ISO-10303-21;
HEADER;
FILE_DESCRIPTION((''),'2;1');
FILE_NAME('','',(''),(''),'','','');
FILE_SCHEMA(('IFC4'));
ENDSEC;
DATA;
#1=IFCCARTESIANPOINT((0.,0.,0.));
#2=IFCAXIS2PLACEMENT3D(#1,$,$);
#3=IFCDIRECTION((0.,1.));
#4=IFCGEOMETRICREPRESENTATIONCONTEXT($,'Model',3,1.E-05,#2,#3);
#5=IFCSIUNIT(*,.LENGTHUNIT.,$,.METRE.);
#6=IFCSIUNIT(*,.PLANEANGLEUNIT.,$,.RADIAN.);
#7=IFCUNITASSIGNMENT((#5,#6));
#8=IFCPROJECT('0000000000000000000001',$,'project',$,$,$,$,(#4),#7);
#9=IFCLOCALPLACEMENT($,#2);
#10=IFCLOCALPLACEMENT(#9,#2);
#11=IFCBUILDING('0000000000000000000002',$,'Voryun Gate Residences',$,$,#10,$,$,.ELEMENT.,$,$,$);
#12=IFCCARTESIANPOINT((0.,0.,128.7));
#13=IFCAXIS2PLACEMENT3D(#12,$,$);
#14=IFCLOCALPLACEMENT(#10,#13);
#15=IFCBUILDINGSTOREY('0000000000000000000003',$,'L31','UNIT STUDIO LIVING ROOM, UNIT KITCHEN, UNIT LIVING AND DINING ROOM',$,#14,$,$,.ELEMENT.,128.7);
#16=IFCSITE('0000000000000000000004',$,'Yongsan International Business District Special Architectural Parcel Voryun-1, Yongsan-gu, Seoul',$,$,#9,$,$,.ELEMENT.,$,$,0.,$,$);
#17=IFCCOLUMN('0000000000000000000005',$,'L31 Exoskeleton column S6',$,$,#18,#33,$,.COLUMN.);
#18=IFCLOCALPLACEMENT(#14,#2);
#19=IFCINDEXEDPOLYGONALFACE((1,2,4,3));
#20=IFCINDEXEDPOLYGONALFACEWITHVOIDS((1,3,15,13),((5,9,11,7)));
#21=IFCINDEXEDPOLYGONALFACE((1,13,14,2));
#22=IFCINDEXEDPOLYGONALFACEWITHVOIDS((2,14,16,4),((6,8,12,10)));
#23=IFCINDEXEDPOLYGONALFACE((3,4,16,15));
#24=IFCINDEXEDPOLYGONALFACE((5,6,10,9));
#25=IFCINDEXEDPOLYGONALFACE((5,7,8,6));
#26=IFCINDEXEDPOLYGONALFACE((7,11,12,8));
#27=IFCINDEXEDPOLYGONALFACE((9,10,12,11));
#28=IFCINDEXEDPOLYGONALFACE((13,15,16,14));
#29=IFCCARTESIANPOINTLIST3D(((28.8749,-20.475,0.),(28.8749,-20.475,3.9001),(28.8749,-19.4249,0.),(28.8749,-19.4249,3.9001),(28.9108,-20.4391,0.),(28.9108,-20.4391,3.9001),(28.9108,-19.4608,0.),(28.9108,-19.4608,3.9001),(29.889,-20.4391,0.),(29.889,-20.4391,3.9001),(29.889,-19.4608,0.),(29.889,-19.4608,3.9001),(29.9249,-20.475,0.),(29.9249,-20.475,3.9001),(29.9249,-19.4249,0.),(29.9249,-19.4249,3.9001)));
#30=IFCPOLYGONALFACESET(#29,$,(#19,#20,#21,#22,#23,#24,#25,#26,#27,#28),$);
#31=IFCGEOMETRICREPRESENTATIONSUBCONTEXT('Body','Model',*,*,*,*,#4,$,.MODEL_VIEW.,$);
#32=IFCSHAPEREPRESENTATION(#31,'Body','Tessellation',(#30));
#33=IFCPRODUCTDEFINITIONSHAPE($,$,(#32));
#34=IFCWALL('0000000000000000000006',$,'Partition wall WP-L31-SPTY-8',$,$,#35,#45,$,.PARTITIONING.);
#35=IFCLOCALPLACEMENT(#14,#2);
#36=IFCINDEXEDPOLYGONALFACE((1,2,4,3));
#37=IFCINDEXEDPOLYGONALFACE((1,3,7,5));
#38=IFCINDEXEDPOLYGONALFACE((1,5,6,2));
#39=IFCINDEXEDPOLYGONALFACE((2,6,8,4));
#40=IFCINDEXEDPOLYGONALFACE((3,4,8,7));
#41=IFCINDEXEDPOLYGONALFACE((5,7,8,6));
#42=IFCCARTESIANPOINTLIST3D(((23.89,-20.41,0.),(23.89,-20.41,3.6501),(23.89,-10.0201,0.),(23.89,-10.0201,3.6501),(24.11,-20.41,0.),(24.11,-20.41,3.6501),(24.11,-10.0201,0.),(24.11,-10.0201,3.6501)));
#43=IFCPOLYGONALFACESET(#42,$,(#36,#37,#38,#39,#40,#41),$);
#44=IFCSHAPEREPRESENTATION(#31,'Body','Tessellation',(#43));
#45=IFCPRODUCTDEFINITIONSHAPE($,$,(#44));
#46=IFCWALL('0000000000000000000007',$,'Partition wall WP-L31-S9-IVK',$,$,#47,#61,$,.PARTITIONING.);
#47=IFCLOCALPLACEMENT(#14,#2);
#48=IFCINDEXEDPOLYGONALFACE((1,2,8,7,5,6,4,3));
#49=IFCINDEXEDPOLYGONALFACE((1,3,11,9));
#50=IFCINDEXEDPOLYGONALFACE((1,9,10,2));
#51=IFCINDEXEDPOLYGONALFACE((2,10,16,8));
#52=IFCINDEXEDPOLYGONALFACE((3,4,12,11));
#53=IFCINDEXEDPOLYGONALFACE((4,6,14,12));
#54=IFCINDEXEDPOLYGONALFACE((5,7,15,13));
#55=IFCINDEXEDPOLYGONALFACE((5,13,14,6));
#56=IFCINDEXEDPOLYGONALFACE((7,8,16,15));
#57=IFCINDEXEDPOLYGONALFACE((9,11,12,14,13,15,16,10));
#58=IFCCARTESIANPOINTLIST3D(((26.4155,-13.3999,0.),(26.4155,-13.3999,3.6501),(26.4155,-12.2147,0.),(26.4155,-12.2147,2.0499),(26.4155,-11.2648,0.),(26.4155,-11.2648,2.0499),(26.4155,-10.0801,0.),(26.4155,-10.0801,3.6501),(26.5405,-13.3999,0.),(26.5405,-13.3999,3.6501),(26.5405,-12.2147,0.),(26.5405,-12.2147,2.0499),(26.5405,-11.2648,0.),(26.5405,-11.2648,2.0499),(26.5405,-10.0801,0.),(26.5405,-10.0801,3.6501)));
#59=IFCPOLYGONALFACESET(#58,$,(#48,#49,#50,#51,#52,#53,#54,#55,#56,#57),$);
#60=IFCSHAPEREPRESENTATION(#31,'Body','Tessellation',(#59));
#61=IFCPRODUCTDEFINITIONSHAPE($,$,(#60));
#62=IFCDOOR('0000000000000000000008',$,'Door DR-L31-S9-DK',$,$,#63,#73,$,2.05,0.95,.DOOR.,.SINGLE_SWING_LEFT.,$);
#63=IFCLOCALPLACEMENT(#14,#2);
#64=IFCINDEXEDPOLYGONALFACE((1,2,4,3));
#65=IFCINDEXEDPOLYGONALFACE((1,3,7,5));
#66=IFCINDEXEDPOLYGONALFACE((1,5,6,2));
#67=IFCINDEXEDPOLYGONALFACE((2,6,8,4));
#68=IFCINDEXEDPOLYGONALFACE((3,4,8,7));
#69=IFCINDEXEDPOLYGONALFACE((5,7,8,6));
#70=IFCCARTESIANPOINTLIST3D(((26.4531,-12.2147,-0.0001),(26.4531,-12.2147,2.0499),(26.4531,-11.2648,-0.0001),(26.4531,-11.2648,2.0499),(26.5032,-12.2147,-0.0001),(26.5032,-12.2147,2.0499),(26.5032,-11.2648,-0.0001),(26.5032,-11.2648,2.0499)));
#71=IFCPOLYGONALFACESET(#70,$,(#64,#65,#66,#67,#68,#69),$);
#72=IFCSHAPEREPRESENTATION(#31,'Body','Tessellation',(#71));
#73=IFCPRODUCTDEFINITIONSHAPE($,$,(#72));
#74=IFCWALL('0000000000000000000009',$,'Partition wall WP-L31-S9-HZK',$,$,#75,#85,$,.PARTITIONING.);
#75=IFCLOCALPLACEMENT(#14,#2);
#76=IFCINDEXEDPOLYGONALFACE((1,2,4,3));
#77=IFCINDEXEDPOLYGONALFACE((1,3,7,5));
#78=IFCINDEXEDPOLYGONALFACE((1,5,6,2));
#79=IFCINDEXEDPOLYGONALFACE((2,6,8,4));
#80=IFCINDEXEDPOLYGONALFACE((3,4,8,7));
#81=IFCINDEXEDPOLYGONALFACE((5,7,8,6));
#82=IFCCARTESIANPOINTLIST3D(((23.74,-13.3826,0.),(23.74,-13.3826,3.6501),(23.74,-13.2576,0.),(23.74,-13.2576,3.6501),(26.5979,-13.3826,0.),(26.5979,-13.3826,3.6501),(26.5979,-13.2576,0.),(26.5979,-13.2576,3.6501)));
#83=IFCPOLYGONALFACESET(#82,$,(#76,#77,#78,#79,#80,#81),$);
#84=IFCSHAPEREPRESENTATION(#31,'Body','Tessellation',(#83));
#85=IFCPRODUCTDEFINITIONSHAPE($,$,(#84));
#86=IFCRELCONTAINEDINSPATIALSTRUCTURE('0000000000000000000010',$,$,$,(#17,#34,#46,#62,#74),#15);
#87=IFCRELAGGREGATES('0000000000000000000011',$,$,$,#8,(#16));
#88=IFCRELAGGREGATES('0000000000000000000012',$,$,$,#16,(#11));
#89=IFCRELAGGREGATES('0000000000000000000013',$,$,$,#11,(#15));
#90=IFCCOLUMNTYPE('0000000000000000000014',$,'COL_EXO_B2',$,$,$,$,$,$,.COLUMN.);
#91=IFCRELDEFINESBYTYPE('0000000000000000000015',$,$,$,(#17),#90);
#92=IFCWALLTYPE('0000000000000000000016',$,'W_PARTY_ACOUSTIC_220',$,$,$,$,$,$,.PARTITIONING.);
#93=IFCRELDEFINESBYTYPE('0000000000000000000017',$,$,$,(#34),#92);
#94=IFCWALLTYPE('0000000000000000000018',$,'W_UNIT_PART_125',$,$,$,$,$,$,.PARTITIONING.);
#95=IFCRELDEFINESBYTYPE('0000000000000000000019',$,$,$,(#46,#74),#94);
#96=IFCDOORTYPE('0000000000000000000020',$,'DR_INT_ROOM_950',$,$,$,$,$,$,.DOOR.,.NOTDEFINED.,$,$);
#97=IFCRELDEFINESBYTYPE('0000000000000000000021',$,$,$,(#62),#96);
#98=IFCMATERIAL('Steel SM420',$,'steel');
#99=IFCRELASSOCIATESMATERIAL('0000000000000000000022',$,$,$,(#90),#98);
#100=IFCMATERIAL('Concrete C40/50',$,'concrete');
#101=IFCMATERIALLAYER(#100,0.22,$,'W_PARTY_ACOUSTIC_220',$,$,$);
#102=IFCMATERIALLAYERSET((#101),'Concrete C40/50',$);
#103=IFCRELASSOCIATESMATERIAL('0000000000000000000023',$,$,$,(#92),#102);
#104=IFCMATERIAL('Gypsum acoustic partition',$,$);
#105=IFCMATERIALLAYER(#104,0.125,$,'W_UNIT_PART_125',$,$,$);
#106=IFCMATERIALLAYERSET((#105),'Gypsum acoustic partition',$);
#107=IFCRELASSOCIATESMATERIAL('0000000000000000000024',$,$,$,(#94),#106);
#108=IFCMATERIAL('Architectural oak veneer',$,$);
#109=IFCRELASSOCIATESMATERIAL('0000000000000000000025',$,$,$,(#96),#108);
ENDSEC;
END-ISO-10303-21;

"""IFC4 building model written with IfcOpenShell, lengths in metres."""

from ifc_helpers import new_model, si_unit, direction, frame, frame_2d, origin, origin_2d, place, context, subcontext, project, spatial, rectangle, hollow_rectangle, extrude, material, layer, layer_set, material_profile, profile_set, type_object, element, fill, save


model = new_model("IFC4")

# Units and contexts
model_context = context("Model", 3, precision=1e-05, world=origin(), true_north=direction((0.0, 1.0)))
body_context = subcontext(model_context, "Body", "Model", "MODEL_VIEW")
ifc_project = project(units=[si_unit("LENGTHUNIT", "METRE"), si_unit("PLANEANGLEUNIT", "RADIAN")], contexts=[model_context])

# Site, building, storey
site_placement = place(None, origin())
site = spatial("IfcSite", under=ifc_project, at=site_placement, Name="Yongsan International Business District Special Architectural Parcel Voryun-1, Yongsan-gu, Seoul", CompositionType="ELEMENT", RefElevation=0.0)
building_placement = place(site_placement, origin())
building = spatial("IfcBuilding", under=site, at=building_placement, Name="Voryun Gate Residences", CompositionType="ELEMENT")
storey_placement = place(building_placement, frame((0.0, 0.0, 128.7)))
storey = spatial("IfcBuildingStorey", under=building, at=storey_placement, Name="L31", Description="UNIT STUDIO LIVING ROOM, UNIT KITCHEN, UNIT LIVING AND DINING ROOM", CompositionType="ELEMENT", Elevation=128.7)

# Column
ifc_material_1 = material(Name="Steel SM420", Category="steel")
ifc_material_profile = material_profile(ifc_material_1, hollow_rectangle(XDim=1.05, YDim=1.05, WallThickness=0.0359, at=origin_2d()), Name="BOX-1050x1050x36")
ifc_profile_set = profile_set([ifc_material_profile], Name="Steel SM420")
column_type = type_object("IfcColumnType", Name="COL_EXO_B2", PredefinedType="COLUMN", material=ifc_profile_set)
column_placement = place(storey_placement, frame((29.3999, -19.95, 0.0), z_axis=(0.0, 0.0, 1.0), x_axis=(1.0, 0.0, 0.0)))
element("IfcColumn", 1, at=column_placement, inside=storey, type_object=column_type, Name="L31 Exoskeleton column S6", PredefinedType="COLUMN", context=body_context, shape_type="SweptSolid", body=[
    extrude(hollow_rectangle(XDim=1.05, YDim=1.05, WallThickness=0.0359, at=origin_2d()), origin(), (0.0, 0.0, 1.0), 3.9001),
])

# Wall
ifc_material_2 = material(Name="Concrete C40/50", Category="concrete")
ifc_layer_1 = layer(ifc_material_2, 0.22, Name="W_PARTY_ACOUSTIC_220")
ifc_layer_set_1 = layer_set([ifc_layer_1], Name="Concrete C40/50")
wall_type_1 = type_object("IfcWallType", Name="W_PARTY_ACOUSTIC_220", PredefinedType="PARTITIONING", material=ifc_layer_set_1)
wall_1_placement = place(storey_placement, frame((24.0, -20.4099, 0.0), z_axis=(0.0, 0.0, 1.0), x_axis=(0.0, 1.0, 0.0)))
element("IfcWall", 2, at=wall_1_placement, inside=storey, type_object=wall_type_1, Name="Partition wall WP-L31-SPTY-8", PredefinedType="PARTITIONING", context=body_context, shape_type="SweptSolid", body=[
    extrude(rectangle(XDim=10.3899, YDim=0.22, at=frame_2d((5.1948, 0.0))), origin(), (0.0, 0.0, 1.0), 3.6501),
])

# Wall, opening, door
ifc_material_3 = material(Name="Gypsum acoustic partition")
ifc_layer_2 = layer(ifc_material_3, 0.125, Name="W_UNIT_PART_125")
ifc_layer_set_2 = layer_set([ifc_layer_2], Name="Gypsum acoustic partition")
wall_type_2 = type_object("IfcWallType", Name="W_UNIT_PART_125", PredefinedType="PARTITIONING", material=ifc_layer_set_2)
wall_2_placement = place(storey_placement, frame((26.478, -13.3999, 0.0), z_axis=(0.0, 0.0, 1.0), x_axis=(0.0, 1.0, 0.0)))
wall_2 = element("IfcWall", 3, at=wall_2_placement, inside=storey, type_object=wall_type_2, Name="Partition wall WP-L31-S9-IVK", PredefinedType="PARTITIONING", context=body_context, shape_type="SweptSolid", body=[
    extrude(rectangle(XDim=3.3198, YDim=0.125, at=frame_2d((1.6599, 0.0))), origin(), (0.0, 0.0, 1.0), 3.6501),
])
opening_1_placement = place(wall_2_placement, frame((1.1851, 0.0, 0.0)))
opening_1 = element("IfcOpeningElement", 4, at=opening_1_placement, cuts=wall_2, PredefinedType="OPENING", context=body_context, shape_type="SweptSolid", body=[
    extrude(rectangle(XDim=0.95, YDim=2.05, at=frame_2d((0.4751, 1.0249))), frame((0.0, 0.0725, 0.0), z_axis=(0.0, -1.0, 0.0), x_axis=(1.0, 0.0, 0.0)), (0.0, 0.0, 1.0), 0.145),
])
ifc_material_4 = material(Name="Architectural oak veneer")
door_type = type_object("IfcDoorType", Name="DR_INT_ROOM_950", OperationType="NOTDEFINED", PredefinedType="DOOR", material=ifc_material_4)
door_placement = place(opening_1_placement, origin())
door = element("IfcDoor", 5, at=door_placement, inside=storey, type_object=door_type, Name="Door DR-L31-S9-DK", OperationType="SINGLE_SWING_LEFT", OverallHeight=2.05, OverallWidth=0.95, PredefinedType="DOOR", context=body_context, shape_type="SweptSolid", body=[
    extrude(rectangle(XDim=0.95, YDim=2.05, at=frame_2d((0.4751, 1.0249))), frame((0.0, 0.0249, 0.0), z_axis=(0.0, -1.0, 0.0), x_axis=(1.0, 0.0, 0.0)), (0.0, 0.0, 1.0), 0.05),
])
fill(opening_1, door)

# Wall
wall_3_placement = place(storey_placement, frame((23.74, -13.3201, 0.0), z_axis=(0.0, 0.0, 1.0), x_axis=(1.0, 0.0, 0.0)))
element("IfcWall", 6, at=wall_3_placement, inside=storey, type_object=wall_type_2, Name="Partition wall WP-L31-S9-HZK", PredefinedType="PARTITIONING", context=body_context, shape_type="SweptSolid", body=[
    extrude(rectangle(XDim=2.8579, YDim=0.125, at=frame_2d((1.429, 0.0))), origin(), (0.0, 0.0, 1.0), 3.6501),
])

save(model, "model.ifc")
